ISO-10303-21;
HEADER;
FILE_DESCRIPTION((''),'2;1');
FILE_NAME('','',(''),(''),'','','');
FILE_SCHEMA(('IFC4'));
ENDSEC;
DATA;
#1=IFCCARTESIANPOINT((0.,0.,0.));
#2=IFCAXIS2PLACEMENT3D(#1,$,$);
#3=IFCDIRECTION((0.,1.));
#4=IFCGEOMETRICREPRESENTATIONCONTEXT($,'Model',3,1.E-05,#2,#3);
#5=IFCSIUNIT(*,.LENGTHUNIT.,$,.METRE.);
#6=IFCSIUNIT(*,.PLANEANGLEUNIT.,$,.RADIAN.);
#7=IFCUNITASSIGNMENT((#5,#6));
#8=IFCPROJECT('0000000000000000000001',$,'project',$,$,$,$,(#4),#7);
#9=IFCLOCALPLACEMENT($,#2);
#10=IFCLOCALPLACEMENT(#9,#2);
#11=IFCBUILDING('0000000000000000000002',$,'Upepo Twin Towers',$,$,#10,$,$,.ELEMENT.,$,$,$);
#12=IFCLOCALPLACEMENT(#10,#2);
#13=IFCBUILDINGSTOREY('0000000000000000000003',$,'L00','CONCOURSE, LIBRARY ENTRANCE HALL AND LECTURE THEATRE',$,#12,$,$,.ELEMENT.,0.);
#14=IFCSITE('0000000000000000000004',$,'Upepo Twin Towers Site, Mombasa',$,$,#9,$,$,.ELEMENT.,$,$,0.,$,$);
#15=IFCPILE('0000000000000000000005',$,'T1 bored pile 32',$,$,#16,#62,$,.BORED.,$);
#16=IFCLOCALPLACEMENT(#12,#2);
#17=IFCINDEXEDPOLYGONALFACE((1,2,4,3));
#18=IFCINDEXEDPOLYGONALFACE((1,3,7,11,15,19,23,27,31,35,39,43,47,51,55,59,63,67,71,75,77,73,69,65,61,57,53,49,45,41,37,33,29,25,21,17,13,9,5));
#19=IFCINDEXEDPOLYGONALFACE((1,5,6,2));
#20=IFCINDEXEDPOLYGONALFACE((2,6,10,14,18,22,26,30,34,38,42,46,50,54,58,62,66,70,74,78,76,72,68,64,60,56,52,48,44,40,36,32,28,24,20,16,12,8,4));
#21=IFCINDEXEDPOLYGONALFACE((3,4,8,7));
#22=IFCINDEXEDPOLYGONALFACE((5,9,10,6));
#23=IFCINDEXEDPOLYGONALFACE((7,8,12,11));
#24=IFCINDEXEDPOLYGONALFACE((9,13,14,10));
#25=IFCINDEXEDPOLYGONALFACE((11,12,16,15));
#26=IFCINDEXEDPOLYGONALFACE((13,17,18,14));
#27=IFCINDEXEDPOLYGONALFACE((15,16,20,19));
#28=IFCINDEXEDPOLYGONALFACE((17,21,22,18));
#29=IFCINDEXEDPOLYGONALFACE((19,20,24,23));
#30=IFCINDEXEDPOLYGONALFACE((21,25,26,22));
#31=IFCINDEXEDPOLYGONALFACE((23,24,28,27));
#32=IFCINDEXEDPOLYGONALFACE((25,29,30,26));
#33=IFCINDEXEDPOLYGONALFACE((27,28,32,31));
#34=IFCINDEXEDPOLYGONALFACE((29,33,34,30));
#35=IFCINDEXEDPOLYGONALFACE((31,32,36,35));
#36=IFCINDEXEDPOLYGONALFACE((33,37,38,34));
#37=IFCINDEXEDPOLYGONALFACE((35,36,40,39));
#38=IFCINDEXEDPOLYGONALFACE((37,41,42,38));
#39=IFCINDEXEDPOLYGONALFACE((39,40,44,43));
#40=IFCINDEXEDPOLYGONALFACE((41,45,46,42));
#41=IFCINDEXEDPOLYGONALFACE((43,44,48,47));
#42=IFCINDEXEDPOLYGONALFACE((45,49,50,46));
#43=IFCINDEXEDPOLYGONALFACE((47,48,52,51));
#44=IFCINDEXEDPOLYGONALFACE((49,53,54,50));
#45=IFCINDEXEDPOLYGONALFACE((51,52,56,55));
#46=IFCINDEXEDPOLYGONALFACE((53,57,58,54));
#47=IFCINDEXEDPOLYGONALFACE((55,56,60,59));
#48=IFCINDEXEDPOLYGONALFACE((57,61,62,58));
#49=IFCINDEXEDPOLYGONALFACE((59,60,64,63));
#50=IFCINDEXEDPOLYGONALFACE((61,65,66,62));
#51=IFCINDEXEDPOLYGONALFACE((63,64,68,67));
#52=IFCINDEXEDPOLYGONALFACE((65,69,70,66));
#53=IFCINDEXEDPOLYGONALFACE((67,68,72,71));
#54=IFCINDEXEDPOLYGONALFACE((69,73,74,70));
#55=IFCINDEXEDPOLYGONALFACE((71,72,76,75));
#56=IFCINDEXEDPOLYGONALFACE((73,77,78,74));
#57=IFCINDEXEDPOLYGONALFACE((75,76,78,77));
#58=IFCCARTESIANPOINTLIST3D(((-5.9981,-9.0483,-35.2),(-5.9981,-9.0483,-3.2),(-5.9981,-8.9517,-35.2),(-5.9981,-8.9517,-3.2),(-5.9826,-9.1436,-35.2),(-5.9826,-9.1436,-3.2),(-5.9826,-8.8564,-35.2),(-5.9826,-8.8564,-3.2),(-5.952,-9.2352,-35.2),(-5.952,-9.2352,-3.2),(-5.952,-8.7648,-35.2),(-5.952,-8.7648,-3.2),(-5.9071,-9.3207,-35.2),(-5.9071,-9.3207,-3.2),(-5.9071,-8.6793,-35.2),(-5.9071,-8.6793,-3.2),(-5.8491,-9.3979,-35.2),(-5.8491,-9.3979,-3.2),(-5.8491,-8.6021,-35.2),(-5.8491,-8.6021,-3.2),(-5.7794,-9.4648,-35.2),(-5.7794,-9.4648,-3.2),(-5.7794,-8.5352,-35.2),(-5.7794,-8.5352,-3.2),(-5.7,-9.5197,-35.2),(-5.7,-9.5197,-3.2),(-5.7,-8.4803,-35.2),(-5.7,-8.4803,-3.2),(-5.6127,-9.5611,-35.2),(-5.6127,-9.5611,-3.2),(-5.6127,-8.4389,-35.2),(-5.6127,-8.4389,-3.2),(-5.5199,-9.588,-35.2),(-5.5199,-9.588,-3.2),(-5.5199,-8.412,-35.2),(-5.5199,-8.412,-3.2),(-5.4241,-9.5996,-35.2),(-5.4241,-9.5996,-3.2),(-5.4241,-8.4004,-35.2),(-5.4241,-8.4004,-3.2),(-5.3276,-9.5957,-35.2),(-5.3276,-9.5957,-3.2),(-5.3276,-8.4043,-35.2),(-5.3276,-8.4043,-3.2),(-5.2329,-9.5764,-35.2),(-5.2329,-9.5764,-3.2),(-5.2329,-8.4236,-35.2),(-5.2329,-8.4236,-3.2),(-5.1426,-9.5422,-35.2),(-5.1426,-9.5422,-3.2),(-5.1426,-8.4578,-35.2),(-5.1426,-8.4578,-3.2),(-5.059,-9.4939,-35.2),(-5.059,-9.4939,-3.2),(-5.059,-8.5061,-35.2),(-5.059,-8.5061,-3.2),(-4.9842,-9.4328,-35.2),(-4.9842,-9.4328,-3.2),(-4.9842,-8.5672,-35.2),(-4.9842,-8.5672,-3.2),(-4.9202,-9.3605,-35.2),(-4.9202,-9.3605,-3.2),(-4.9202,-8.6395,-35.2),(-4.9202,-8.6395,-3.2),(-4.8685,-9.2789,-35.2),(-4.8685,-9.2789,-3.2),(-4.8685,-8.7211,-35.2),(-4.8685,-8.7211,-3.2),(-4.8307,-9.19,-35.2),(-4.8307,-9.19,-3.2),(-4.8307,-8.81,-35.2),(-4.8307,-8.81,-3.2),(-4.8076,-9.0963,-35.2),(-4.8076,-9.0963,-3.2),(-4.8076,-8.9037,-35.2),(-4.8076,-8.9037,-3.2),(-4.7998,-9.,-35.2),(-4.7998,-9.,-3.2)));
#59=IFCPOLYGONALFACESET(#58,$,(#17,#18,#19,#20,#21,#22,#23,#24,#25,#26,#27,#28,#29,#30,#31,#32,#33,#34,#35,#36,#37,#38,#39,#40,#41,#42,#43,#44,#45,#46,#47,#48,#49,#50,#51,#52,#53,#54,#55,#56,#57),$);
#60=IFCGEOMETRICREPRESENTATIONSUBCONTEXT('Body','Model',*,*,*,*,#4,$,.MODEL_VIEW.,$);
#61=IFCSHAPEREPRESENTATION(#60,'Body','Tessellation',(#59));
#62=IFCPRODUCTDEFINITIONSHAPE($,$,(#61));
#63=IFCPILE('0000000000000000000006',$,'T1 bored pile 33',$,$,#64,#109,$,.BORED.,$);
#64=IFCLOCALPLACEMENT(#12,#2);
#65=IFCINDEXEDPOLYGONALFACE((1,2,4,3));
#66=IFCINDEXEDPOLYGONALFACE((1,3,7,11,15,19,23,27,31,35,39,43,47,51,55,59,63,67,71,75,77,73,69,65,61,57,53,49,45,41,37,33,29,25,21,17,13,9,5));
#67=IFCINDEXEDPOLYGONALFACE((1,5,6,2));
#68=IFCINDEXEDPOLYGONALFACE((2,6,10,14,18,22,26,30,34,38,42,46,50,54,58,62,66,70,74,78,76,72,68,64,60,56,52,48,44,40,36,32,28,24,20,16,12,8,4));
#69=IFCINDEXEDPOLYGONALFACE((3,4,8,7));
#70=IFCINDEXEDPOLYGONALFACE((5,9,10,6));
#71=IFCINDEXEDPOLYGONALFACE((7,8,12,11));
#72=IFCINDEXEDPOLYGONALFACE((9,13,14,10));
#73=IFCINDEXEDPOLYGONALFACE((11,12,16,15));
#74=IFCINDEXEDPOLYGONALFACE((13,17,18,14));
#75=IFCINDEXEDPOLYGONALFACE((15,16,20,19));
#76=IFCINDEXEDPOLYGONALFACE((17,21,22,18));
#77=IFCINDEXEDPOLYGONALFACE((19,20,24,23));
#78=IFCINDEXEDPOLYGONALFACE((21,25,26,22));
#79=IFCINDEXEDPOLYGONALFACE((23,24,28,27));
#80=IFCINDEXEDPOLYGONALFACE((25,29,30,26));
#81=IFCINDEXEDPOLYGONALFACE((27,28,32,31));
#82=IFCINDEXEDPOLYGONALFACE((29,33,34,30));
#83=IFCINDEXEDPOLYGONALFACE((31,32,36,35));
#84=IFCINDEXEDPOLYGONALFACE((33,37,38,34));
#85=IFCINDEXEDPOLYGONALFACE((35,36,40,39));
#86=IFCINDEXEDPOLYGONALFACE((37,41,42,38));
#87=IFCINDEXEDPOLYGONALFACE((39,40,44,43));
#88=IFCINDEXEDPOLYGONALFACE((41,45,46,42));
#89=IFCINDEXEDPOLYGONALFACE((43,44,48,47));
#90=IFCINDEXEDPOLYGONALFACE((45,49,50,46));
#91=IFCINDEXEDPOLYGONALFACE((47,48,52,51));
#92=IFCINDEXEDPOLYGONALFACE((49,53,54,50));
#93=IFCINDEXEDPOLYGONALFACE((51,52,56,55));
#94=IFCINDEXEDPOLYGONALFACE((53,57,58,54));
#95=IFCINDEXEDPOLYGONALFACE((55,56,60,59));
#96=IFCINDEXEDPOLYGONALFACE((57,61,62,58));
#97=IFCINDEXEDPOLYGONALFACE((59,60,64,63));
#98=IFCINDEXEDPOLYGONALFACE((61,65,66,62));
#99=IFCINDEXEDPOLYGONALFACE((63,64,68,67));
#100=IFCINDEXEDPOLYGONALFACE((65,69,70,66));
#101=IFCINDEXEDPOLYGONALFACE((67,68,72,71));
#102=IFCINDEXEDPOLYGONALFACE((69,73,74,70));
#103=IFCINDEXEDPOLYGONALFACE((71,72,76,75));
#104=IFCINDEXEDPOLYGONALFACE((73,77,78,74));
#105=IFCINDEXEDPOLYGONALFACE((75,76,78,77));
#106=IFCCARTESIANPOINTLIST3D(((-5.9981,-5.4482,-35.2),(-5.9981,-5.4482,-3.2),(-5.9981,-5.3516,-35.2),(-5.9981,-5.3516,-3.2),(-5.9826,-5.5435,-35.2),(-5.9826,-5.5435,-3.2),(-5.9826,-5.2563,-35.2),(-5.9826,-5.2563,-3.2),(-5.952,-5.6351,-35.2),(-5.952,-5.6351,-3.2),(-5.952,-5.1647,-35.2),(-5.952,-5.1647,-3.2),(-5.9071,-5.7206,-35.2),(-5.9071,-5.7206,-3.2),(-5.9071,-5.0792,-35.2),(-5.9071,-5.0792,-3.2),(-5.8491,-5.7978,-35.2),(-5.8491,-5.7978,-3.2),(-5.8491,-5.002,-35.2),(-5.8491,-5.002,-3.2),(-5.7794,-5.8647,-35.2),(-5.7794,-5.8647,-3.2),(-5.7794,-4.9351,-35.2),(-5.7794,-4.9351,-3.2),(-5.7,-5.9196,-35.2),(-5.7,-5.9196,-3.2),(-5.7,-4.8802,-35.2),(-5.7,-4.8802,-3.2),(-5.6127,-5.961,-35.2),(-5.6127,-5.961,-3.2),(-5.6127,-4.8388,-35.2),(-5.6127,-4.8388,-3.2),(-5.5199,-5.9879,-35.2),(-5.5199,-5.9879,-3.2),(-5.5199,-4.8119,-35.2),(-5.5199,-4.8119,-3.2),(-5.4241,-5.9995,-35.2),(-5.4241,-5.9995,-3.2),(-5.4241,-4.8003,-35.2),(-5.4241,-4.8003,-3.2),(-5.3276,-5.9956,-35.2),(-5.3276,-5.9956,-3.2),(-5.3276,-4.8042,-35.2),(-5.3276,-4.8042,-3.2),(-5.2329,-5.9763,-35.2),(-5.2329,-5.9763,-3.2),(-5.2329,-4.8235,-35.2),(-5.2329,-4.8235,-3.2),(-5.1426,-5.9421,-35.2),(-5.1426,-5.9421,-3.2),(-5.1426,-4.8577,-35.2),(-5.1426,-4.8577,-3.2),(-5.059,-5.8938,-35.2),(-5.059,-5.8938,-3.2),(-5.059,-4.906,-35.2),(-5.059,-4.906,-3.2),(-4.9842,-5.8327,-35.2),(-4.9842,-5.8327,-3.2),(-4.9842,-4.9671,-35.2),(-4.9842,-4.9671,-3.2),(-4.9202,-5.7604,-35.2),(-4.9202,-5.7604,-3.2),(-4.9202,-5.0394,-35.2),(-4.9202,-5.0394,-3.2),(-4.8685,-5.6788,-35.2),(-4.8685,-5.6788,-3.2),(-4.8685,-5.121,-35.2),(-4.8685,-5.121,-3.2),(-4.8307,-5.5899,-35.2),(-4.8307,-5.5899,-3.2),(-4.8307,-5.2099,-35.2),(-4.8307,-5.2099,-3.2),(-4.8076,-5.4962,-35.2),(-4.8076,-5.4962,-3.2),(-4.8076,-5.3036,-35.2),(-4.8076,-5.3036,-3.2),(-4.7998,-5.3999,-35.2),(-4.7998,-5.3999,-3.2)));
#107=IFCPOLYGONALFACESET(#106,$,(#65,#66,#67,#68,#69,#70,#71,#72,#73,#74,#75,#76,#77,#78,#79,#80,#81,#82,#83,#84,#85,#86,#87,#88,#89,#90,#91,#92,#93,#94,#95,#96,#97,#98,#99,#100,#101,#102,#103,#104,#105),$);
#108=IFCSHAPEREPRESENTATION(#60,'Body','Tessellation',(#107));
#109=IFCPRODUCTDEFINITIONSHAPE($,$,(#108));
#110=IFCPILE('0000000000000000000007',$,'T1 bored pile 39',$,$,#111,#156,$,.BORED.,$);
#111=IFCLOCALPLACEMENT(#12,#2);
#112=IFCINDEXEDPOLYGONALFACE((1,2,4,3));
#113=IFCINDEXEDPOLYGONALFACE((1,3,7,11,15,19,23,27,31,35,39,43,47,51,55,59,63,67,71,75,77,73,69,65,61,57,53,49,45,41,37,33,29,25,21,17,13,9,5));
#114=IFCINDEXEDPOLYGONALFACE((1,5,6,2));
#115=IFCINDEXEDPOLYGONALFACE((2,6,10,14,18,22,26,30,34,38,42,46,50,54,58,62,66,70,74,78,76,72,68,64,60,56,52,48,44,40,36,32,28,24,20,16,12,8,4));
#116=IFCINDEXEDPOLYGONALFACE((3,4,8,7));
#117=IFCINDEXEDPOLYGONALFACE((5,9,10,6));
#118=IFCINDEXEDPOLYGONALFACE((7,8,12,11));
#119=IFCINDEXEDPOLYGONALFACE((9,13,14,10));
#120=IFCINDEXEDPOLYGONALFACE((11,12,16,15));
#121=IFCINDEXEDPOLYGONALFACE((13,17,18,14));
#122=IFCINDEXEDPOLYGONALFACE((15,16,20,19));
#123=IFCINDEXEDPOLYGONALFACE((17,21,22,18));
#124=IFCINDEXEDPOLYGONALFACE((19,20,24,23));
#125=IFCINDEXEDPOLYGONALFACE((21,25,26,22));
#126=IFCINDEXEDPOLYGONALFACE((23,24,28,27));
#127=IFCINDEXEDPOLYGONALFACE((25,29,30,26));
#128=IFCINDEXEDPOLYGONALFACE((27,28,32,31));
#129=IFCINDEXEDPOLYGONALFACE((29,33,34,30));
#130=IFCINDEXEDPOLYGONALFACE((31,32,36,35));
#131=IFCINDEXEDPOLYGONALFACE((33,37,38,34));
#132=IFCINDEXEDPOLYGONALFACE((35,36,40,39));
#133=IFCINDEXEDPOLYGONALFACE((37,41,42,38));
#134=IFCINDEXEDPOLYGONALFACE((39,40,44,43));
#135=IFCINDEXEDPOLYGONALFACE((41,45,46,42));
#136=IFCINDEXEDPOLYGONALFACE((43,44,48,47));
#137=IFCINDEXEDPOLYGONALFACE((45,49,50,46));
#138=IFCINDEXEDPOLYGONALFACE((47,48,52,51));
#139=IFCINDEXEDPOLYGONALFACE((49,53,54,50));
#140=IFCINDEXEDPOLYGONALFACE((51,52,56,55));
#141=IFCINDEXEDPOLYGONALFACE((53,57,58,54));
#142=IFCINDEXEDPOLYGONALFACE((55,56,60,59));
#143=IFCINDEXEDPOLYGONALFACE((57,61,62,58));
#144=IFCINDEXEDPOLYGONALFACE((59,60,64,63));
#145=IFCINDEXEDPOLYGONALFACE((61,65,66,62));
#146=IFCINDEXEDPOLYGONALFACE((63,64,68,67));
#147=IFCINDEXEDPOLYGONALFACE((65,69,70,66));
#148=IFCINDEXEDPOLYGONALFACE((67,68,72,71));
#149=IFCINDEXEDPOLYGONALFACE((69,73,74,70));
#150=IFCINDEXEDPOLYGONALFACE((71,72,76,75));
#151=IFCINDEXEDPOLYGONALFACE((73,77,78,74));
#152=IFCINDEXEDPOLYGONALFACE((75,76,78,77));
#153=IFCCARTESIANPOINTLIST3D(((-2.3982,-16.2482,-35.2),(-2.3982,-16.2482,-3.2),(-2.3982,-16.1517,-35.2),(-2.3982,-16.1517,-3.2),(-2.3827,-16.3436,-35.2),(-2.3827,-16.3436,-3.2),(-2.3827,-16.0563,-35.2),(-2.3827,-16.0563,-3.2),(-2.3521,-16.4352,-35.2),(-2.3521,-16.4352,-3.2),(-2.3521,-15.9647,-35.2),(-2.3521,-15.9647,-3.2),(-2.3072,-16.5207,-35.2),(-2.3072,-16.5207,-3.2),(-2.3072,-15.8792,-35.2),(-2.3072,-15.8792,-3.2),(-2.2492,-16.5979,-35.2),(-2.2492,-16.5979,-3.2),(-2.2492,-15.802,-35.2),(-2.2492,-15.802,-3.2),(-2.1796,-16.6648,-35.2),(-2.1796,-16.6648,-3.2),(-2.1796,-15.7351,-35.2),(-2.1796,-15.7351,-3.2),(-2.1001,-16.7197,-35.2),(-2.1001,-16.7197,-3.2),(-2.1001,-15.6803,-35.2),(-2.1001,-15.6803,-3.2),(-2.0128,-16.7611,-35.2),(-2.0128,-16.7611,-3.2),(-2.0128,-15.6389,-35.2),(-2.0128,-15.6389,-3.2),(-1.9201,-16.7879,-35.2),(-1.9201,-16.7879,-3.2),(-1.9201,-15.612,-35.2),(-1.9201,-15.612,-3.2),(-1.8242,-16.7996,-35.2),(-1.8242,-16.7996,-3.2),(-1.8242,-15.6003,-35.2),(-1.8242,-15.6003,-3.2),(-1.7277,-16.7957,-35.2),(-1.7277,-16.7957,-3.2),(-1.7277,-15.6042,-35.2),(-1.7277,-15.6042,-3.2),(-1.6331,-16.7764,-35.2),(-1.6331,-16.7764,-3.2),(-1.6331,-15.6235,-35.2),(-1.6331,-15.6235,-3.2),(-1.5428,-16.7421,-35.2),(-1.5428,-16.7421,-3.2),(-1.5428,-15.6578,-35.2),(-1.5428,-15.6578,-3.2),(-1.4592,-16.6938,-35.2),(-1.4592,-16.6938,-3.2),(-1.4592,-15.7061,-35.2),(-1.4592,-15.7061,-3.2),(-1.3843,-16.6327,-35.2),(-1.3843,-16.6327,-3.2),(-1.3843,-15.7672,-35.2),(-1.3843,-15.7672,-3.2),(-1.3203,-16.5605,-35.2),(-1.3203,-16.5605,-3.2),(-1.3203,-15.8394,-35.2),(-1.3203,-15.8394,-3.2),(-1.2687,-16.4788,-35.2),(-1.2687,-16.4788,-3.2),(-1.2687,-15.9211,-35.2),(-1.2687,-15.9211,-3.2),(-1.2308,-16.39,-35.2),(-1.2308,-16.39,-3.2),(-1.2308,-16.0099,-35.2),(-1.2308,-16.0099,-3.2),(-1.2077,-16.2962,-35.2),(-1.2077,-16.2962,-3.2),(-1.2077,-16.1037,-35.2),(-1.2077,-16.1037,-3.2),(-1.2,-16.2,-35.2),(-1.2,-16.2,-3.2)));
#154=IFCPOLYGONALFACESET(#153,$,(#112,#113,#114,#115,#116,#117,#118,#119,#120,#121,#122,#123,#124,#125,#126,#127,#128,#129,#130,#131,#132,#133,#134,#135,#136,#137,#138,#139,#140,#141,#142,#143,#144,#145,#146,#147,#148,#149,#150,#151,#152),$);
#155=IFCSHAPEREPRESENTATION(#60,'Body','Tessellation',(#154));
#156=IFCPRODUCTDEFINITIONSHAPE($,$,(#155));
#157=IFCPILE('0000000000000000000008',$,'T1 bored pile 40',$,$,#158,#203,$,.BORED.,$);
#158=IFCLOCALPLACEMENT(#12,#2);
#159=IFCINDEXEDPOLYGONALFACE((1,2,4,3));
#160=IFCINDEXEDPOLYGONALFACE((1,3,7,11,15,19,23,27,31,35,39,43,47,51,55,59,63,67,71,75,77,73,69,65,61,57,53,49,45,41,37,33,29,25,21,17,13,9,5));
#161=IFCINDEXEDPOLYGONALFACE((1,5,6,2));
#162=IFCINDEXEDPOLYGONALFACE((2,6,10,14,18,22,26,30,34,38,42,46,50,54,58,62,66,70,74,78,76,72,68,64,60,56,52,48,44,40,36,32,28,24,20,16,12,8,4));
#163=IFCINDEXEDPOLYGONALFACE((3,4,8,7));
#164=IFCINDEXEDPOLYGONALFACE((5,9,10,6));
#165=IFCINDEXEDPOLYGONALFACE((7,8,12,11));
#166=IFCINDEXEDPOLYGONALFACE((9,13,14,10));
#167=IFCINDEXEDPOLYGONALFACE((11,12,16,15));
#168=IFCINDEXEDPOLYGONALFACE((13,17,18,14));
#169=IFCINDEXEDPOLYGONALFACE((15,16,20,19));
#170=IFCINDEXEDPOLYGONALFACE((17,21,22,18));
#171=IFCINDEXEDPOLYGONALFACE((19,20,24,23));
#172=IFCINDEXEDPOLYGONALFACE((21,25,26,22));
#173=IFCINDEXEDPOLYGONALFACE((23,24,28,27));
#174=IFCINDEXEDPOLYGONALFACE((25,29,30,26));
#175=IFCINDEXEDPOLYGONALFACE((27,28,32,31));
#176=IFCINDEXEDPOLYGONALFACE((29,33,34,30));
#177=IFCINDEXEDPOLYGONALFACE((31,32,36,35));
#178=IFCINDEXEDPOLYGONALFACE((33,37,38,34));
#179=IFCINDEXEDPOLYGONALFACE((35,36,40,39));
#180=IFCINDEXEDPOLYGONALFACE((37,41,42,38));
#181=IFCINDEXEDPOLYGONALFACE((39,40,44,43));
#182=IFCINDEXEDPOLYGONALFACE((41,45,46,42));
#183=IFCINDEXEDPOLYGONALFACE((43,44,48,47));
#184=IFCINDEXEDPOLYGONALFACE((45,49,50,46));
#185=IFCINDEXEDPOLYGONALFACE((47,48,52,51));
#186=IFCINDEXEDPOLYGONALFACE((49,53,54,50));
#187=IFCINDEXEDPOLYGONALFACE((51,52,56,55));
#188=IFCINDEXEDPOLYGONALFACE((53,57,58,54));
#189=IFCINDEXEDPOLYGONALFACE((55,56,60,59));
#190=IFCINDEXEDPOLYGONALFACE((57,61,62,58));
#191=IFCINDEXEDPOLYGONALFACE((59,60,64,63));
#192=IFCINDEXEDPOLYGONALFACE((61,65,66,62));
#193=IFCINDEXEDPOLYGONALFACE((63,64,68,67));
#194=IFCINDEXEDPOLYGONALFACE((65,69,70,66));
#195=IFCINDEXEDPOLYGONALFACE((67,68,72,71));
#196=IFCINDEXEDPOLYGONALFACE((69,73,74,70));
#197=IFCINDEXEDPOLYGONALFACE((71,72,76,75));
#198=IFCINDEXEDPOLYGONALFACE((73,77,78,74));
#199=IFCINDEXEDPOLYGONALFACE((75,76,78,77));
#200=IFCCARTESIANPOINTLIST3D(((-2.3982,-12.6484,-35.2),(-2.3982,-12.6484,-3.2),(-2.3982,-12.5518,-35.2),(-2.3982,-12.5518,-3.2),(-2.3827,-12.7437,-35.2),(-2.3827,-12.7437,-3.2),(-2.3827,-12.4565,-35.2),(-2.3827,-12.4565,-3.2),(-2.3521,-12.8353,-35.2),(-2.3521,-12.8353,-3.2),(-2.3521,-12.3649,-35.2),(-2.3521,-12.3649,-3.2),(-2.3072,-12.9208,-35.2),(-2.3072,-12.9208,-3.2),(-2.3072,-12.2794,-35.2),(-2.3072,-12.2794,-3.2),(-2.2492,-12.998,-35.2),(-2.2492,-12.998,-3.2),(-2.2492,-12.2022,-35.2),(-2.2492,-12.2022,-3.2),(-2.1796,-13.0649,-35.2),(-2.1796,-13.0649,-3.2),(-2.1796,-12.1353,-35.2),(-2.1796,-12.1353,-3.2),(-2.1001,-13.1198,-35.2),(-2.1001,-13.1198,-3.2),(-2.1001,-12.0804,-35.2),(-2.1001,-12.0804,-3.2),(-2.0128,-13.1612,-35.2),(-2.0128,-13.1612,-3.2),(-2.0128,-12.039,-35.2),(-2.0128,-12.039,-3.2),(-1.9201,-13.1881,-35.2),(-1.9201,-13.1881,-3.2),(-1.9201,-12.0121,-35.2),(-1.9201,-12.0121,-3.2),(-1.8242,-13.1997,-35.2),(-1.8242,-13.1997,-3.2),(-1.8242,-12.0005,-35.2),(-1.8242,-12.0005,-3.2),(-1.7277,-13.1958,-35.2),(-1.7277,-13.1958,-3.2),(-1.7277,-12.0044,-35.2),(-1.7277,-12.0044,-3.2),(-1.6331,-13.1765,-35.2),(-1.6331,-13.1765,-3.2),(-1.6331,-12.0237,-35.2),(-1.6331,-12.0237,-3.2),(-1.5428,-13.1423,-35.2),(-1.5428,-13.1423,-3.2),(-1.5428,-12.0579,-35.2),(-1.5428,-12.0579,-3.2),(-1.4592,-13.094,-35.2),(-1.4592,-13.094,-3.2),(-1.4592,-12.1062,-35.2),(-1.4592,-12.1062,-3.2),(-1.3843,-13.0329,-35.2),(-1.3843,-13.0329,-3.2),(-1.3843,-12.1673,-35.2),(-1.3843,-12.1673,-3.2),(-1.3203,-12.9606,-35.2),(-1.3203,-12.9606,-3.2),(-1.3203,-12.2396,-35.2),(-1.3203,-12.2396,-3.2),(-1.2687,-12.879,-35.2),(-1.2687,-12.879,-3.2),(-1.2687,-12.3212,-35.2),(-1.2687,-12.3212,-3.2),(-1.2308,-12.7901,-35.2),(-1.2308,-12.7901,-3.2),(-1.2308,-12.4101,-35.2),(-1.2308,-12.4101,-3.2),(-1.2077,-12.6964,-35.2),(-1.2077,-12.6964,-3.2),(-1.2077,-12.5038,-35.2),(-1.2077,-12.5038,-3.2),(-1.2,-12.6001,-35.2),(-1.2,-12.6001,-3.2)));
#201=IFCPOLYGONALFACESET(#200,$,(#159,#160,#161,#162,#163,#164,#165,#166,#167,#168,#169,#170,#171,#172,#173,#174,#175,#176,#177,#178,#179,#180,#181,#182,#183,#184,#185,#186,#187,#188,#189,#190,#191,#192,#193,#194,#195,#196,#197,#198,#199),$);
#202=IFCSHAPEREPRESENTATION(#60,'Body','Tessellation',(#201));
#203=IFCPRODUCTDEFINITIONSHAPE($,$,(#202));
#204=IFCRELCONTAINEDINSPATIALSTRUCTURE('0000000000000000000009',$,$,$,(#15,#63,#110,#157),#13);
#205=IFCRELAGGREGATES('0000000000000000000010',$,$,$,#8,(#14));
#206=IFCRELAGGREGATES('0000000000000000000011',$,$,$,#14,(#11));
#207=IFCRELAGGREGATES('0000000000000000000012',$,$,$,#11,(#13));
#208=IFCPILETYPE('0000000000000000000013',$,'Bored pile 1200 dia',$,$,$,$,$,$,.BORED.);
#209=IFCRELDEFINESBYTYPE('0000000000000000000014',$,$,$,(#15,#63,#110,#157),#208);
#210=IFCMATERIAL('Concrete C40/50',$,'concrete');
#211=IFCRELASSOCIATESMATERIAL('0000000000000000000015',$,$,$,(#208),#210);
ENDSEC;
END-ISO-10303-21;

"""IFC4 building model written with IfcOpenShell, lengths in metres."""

from ifc_helpers import new_model, si_unit, direction, frame, origin, origin_2d, place, context, subcontext, project, spatial, circle, extrude, material, type_object, element, save


model = new_model("IFC4")

# Units and contexts
model_context = context("Model", 3, precision=1e-05, world=origin(), true_north=direction((0.0, 1.0)))
body_context = subcontext(model_context, "Body", "Model", "MODEL_VIEW")
ifc_project = project(units=[si_unit("LENGTHUNIT", "METRE"), si_unit("PLANEANGLEUNIT", "RADIAN")], contexts=[model_context])

# Site, building, storey
site_placement = place(None, origin())
site = spatial("IfcSite", under=ifc_project, at=site_placement, Name="Upepo Twin Towers Site, Mombasa", CompositionType="ELEMENT", RefElevation=0.0)
building_placement = place(site_placement, origin())
building = spatial("IfcBuilding", under=site, at=building_placement, Name="Upepo Twin Towers", CompositionType="ELEMENT")
storey_placement = place(building_placement, origin())
storey = spatial("IfcBuildingStorey", under=building, at=storey_placement, Name="L00", Description="CONCOURSE, LIBRARY ENTRANCE HALL AND LECTURE THEATRE", CompositionType="ELEMENT", Elevation=0.0)

# Piles
ifc_material_1 = material(Name="Concrete C40/50", Category="concrete")
pile_type = type_object("IfcPileType", Name="Bored pile 1200 dia", PredefinedType="BORED", material=ifc_material_1)
for number, where, z_axis, x_axis, name in (
    (1, (-5.3999, -9.0, -3.2), (0.0, 0.0, -1.0), (1.0, 0.0, 0.0), "T1 bored pile 32"),
    (2, (-5.3999, -5.3999, -3.2), (0.0, 0.0, -1.0), (1.0, 0.0, 0.0), "T1 bored pile 33"),
    (3, (-1.8, -16.2, -3.2), (0.0, 0.0, -1.0), (1.0, 0.0, 0.0), "T1 bored pile 39"),
    (4, (-1.8, -12.6001, -3.2), (0.0, 0.0, -1.0), (1.0, 0.0, 0.0), "T1 bored pile 40"),
):
    element("IfcPile", number, at=place(storey_placement, frame(where, z_axis=z_axis, x_axis=x_axis)), inside=storey, type_object=pile_type, Name=name, PredefinedType="BORED", context=body_context, shape_type="SweptSolid", body=[
        extrude(circle(Radius=0.6001, at=origin_2d()), origin(), (0.0, 0.0, 1.0), 32.0),
    ])

save(model, "model.ifc")
